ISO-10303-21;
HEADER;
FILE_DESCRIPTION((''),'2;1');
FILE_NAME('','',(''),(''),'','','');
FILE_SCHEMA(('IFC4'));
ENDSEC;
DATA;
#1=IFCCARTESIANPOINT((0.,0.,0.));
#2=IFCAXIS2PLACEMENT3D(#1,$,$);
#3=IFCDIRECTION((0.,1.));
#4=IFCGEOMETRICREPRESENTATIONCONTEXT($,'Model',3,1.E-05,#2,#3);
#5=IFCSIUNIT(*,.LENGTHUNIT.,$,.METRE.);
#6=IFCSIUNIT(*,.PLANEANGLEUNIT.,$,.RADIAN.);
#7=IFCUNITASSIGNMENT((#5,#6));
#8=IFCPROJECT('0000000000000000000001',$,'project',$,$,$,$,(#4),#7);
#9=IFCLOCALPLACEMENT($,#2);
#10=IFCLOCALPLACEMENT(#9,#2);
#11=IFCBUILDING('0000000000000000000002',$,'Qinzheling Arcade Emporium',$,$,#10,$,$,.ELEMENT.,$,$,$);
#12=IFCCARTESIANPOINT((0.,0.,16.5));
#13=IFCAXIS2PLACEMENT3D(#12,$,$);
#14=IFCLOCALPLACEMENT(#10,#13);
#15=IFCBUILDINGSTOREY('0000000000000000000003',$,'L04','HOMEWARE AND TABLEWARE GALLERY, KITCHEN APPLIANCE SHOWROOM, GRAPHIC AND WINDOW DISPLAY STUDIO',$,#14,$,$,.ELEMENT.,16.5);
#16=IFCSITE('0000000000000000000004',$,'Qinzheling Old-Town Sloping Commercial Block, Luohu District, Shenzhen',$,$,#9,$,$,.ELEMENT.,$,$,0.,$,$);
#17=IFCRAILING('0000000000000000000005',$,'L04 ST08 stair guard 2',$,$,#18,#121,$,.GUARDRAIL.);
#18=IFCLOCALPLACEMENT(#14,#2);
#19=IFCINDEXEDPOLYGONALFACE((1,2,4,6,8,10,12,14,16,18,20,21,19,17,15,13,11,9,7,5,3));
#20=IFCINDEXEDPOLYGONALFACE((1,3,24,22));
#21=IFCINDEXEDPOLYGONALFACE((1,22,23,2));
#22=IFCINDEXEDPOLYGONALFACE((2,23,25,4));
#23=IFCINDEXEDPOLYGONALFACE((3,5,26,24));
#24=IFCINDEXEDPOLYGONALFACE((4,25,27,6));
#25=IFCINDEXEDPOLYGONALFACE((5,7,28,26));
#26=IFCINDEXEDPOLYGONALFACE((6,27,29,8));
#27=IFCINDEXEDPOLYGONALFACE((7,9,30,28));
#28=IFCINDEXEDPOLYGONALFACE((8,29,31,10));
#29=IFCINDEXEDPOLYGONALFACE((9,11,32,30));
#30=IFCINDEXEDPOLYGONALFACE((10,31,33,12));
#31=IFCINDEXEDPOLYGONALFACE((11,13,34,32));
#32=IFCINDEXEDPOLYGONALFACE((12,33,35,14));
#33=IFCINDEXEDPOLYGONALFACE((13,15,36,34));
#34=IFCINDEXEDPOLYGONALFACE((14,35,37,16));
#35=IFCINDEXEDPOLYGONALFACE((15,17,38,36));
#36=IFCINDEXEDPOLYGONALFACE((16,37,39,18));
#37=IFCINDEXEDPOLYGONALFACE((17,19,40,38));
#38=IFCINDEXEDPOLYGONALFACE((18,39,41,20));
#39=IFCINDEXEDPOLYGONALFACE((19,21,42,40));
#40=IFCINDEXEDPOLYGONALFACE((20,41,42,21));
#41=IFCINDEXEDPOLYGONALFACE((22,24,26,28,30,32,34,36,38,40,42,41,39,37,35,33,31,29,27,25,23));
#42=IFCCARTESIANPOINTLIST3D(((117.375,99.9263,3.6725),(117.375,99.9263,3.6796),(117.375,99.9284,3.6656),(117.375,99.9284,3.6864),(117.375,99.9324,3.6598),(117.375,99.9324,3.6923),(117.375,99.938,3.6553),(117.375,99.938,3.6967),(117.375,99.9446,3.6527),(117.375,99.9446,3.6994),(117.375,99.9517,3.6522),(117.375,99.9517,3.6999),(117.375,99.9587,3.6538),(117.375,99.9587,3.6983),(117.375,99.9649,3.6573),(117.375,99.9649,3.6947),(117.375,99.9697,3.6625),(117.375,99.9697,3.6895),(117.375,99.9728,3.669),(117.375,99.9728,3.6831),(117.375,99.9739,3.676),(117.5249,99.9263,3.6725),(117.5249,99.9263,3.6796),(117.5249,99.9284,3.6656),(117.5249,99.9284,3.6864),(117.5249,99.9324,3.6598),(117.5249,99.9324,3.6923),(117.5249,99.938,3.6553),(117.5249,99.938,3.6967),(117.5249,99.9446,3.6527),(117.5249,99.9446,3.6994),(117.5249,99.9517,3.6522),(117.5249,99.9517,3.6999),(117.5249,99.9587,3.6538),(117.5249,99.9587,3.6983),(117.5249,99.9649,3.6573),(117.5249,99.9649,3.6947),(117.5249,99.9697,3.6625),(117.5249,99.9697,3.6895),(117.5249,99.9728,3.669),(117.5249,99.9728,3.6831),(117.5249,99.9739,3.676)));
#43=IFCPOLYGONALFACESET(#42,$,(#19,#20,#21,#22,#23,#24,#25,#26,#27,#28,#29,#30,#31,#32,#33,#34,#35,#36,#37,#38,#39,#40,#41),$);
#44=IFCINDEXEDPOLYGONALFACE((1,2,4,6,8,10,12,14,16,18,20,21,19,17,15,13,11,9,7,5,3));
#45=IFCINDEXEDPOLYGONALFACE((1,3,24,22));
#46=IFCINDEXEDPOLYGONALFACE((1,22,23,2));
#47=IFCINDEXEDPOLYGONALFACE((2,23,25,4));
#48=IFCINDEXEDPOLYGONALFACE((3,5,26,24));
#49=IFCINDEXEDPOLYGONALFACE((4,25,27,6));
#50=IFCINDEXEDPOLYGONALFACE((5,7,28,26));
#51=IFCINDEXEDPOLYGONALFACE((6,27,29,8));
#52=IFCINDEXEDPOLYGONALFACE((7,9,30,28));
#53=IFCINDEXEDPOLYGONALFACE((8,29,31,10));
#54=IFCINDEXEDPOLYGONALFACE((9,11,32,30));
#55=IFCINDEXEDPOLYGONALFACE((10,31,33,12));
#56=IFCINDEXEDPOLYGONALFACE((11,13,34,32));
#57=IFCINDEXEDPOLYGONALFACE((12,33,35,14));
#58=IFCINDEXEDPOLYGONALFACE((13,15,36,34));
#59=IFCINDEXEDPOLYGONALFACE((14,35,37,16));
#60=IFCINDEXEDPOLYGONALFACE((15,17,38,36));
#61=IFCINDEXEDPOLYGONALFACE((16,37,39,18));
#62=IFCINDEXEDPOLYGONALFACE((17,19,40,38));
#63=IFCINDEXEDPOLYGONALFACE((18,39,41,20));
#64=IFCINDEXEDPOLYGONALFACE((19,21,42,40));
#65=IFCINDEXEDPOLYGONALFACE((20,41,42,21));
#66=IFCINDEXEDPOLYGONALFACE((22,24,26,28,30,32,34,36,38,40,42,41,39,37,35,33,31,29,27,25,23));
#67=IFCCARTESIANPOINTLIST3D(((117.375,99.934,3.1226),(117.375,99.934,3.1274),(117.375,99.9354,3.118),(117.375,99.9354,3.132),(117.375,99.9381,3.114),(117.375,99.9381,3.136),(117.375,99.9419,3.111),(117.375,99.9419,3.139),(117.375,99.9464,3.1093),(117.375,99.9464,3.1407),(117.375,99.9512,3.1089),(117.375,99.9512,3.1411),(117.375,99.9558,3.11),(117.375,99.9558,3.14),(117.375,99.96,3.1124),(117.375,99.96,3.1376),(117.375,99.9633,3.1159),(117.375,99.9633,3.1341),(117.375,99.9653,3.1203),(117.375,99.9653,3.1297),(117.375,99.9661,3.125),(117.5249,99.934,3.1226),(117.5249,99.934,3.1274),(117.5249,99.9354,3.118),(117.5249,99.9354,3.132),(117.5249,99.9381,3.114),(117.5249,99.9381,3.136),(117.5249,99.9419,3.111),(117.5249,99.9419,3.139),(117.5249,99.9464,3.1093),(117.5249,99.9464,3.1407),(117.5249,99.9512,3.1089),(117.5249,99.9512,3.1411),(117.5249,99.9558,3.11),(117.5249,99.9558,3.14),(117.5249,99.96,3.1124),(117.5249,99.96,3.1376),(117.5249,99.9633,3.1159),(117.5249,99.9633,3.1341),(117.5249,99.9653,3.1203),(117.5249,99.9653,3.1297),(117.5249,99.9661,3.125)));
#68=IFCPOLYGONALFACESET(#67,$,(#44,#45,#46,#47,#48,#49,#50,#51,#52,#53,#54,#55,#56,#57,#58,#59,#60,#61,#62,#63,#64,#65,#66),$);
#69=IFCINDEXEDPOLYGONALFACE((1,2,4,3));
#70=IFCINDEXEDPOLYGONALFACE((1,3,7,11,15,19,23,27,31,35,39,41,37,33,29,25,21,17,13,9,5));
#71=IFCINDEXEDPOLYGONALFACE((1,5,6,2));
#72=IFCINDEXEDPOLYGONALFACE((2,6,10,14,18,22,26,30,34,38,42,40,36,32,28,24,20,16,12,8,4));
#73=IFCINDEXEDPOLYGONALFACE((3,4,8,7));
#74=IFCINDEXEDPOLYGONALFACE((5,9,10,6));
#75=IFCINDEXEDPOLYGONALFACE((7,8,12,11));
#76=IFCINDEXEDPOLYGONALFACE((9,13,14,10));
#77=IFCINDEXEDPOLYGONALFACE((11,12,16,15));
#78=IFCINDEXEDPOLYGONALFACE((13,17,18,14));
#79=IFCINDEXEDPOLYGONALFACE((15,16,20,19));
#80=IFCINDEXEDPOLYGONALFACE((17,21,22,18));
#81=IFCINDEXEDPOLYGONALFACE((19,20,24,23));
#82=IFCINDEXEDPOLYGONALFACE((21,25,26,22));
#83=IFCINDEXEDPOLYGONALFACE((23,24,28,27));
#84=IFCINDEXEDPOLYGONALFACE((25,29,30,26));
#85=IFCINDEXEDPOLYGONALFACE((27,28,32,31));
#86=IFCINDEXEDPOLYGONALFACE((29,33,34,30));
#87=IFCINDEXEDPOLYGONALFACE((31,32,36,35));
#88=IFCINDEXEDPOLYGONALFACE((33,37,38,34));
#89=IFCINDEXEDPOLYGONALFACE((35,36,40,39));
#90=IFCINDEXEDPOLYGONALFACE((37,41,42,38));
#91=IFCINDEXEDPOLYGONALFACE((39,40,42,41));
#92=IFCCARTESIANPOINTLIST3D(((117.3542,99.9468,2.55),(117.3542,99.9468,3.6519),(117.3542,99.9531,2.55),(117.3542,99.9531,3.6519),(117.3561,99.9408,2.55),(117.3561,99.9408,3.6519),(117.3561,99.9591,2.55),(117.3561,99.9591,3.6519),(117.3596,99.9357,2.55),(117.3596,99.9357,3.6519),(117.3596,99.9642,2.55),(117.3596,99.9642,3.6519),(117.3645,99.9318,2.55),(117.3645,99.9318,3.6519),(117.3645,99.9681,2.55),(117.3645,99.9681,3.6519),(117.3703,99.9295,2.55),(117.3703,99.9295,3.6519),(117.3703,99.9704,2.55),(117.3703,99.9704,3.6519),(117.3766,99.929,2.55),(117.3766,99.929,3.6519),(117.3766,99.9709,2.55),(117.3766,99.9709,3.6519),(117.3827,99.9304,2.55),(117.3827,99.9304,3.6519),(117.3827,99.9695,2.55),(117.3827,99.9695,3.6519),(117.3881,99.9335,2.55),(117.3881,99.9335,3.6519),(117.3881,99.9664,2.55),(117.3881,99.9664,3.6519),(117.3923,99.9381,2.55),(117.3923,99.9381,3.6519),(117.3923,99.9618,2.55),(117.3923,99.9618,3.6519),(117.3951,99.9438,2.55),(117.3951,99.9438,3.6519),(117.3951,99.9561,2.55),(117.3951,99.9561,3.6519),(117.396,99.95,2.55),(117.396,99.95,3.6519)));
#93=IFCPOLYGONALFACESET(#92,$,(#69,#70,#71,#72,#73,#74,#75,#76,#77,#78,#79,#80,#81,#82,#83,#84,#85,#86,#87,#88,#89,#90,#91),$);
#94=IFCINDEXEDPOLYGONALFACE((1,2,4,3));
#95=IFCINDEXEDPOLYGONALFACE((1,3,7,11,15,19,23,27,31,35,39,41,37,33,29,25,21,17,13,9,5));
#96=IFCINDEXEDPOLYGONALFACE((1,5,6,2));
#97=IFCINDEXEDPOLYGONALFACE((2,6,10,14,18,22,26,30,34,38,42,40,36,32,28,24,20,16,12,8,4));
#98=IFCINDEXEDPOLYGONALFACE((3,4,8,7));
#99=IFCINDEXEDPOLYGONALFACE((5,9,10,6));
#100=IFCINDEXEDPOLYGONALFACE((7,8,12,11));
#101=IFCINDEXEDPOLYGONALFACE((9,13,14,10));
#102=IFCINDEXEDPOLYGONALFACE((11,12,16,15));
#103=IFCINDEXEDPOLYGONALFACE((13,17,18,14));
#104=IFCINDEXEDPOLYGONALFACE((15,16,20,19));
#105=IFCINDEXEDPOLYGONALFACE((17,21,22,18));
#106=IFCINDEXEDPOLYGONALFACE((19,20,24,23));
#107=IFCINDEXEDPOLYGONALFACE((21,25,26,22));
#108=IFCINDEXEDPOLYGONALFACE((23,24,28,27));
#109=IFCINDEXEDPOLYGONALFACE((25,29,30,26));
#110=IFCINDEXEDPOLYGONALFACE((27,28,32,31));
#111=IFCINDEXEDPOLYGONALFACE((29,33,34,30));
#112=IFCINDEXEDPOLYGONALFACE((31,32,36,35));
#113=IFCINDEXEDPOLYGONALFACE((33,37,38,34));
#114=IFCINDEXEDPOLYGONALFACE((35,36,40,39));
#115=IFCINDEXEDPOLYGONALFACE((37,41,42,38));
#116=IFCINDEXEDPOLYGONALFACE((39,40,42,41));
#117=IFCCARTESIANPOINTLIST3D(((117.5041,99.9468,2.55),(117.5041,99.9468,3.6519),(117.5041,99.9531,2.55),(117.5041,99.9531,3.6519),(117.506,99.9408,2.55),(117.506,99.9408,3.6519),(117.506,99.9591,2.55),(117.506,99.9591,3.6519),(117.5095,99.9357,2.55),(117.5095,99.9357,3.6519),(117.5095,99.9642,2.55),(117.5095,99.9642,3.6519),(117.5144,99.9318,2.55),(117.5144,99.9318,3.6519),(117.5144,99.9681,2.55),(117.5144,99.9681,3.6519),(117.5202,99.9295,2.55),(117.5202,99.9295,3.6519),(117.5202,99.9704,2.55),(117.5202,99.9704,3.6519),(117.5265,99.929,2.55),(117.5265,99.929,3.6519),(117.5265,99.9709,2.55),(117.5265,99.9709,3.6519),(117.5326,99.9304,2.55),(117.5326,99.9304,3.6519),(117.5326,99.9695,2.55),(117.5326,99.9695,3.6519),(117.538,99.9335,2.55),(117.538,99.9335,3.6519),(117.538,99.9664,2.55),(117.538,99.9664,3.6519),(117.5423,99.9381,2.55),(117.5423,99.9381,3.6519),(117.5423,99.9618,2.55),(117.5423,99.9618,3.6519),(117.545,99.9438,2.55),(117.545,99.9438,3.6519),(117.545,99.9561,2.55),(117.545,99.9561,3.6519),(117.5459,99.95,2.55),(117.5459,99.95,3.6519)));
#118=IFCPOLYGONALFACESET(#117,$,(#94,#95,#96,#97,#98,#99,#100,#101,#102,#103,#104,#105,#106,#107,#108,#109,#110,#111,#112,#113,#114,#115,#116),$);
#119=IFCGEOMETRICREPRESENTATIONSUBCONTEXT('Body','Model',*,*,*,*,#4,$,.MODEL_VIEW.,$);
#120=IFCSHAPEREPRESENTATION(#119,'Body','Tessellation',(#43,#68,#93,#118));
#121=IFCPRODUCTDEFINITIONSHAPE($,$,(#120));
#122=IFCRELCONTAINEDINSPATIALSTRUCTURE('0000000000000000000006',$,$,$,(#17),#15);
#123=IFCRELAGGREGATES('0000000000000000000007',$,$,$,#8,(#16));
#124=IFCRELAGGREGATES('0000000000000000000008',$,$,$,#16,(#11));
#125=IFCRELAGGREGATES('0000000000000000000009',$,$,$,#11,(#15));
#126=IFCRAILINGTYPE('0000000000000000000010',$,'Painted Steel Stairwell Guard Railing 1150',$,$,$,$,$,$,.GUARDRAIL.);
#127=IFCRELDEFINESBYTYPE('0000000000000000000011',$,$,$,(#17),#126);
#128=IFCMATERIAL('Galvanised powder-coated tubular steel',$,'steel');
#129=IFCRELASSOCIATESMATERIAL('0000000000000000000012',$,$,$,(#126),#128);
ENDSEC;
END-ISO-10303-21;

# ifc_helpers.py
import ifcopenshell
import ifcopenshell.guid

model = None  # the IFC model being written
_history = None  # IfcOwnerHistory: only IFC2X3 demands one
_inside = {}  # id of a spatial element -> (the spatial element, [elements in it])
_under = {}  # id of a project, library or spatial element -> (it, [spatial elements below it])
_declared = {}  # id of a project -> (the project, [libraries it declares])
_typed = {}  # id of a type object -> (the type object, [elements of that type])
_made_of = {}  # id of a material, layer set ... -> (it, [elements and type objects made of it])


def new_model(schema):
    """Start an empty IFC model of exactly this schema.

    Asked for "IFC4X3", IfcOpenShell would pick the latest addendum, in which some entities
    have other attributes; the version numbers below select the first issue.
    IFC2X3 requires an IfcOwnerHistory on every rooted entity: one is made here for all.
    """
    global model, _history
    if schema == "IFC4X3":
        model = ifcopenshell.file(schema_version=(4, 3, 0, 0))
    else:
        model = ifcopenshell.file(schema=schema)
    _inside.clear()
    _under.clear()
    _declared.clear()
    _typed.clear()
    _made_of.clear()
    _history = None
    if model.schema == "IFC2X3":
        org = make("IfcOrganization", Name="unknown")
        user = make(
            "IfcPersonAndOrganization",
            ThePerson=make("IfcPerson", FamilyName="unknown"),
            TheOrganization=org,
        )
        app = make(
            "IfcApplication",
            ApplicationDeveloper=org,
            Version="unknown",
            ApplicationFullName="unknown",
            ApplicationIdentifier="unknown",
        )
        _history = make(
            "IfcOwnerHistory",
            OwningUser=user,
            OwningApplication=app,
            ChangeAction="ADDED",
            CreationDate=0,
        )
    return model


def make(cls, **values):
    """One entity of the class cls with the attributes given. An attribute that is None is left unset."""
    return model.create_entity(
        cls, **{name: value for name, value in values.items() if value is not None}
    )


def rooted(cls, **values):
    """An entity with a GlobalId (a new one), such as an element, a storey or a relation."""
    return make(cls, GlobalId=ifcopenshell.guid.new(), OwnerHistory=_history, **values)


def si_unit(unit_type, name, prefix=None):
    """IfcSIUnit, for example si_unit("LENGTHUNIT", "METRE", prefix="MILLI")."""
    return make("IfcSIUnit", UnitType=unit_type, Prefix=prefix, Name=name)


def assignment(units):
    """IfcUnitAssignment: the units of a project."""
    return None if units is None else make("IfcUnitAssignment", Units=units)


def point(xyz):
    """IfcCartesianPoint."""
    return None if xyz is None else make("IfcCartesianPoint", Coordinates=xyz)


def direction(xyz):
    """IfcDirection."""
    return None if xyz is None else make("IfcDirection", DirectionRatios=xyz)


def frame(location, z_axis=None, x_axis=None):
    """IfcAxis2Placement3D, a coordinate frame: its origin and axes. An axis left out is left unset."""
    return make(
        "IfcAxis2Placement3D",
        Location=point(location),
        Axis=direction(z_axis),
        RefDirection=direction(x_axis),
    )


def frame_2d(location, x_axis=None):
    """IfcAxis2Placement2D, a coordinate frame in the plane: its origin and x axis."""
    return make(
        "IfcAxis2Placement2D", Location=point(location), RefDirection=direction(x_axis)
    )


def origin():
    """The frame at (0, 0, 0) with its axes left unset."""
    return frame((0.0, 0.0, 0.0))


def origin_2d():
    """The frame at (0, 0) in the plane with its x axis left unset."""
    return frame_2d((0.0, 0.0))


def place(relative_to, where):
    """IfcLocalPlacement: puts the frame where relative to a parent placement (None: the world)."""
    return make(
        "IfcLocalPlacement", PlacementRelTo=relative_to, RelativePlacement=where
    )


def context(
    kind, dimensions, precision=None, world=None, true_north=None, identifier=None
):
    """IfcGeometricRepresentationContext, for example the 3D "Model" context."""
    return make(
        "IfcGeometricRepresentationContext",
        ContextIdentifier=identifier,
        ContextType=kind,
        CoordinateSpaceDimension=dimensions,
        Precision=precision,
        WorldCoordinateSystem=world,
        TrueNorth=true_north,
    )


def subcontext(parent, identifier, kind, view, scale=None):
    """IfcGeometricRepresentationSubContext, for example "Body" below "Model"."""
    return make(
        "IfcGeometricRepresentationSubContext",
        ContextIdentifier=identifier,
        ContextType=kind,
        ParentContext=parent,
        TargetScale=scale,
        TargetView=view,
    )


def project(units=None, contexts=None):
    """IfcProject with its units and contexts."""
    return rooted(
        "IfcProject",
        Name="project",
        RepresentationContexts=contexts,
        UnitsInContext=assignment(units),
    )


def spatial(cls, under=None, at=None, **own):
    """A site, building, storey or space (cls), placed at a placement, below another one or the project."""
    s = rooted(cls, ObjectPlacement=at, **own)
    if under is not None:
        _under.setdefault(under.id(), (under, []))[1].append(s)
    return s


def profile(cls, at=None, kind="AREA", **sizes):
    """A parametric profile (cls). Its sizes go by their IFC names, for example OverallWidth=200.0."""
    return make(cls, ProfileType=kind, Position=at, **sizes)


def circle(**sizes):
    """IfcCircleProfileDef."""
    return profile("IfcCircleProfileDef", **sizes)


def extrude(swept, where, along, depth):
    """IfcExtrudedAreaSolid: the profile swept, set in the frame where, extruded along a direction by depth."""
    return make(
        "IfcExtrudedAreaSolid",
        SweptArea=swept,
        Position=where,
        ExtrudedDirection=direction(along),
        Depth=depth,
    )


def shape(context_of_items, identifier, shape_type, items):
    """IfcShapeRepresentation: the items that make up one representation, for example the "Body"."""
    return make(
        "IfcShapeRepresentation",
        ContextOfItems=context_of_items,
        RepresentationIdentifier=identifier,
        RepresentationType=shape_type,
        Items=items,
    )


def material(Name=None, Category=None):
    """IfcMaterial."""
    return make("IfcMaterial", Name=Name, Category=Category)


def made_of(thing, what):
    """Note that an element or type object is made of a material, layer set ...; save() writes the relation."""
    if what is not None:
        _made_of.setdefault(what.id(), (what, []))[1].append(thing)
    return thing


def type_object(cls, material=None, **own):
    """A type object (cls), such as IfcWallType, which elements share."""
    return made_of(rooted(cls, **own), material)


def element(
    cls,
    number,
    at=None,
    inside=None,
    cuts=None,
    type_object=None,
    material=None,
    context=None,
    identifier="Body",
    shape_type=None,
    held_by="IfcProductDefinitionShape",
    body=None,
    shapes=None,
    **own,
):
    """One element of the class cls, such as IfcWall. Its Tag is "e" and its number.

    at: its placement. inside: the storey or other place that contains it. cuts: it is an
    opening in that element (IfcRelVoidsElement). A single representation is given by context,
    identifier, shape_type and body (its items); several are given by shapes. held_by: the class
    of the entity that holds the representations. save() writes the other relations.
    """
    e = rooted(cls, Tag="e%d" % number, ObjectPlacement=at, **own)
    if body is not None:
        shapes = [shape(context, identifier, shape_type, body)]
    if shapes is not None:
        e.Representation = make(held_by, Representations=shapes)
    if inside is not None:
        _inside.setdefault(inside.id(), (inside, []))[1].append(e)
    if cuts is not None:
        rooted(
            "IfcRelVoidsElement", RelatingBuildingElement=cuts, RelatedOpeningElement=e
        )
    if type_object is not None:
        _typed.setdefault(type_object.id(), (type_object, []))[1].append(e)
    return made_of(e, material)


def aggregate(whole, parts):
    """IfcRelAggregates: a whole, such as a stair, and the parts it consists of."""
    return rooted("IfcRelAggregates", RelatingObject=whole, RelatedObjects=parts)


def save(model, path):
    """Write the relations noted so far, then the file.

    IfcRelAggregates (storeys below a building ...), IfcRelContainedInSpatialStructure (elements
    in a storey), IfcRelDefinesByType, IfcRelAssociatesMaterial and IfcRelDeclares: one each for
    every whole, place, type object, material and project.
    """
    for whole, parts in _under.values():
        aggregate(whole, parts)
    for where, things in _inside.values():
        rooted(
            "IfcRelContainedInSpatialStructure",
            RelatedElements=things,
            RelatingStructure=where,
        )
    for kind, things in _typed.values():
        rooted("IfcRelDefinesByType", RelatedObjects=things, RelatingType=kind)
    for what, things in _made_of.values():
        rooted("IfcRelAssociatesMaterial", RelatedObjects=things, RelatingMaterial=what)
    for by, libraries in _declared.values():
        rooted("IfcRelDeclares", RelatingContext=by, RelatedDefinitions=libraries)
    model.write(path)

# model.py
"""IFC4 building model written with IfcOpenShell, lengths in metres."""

from ifc_helpers import new_model, si_unit, direction, frame, origin, origin_2d, place, context, subcontext, project, spatial, circle, extrude, material, type_object, element, save


model = new_model("IFC4")

# Units and contexts
model_context = context("Model", 3, precision=1e-05, world=origin(), true_north=direction((0.0, 1.0)))
body_context = subcontext(model_context, "Body", "Model", "MODEL_VIEW")
ifc_project = project(units=[si_unit("LENGTHUNIT", "METRE"), si_unit("PLANEANGLEUNIT", "RADIAN")], contexts=[model_context])

# Site, building, storey
site_placement = place(None, origin())
site = spatial("IfcSite", under=ifc_project, at=site_placement, Name="Qinzheling Old-Town Sloping Commercial Block, Luohu District, Shenzhen", CompositionType="ELEMENT", RefElevation=0.0)
building_placement = place(site_placement, origin())
building = spatial("IfcBuilding", under=site, at=building_placement, Name="Qinzheling Arcade Emporium", CompositionType="ELEMENT")
storey_placement = place(building_placement, frame((0.0, 0.0, 16.5)))
storey = spatial("IfcBuildingStorey", under=building, at=storey_placement, Name="L04", Description="HOMEWARE AND TABLEWARE GALLERY, KITCHEN APPLIANCE SHOWROOM, GRAPHIC AND WINDOW DISPLAY STUDIO", CompositionType="ELEMENT", Elevation=16.5)

# Railing
ifc_material_1 = material(Name="Galvanised powder-coated tubular steel", Category="steel")
railing_type = type_object("IfcRailingType", Name="Painted Steel Stairwell Guard Railing 1150", PredefinedType="GUARDRAIL", material=ifc_material_1)
railing_1_placement = place(storey_placement, frame((117.375, 99.95, 2.55)))
element("IfcRailing", 1, at=railing_1_placement, inside=storey, type_object=railing_type, Name="L04 ST08 stair guard 2", PredefinedType="GUARDRAIL", context=body_context, shape_type="SweptSolid", body=[
    extrude(circle(Radius=0.0239, at=origin_2d()), frame((0.0, 0.0, 1.126), z_axis=(1.0, 0.0, 0.0), x_axis=(0.0, 1.0, 0.0)), (0.0, 0.0, 1.0), 0.1499),
    extrude(circle(Radius=0.0161, at=origin_2d()), frame((0.0, 0.0, 0.575), z_axis=(1.0, 0.0, 0.0), x_axis=(0.0, 1.0, 0.0)), (0.0, 0.0, 1.0), 0.1499),
    extrude(circle(Radius=0.021, at=origin_2d()), origin(), (0.0, 0.0, 1.0), 1.1018),
    extrude(circle(Radius=0.021, at=origin_2d()), frame((0.1499, 0.0, 0.0)), (0.0, 0.0, 1.0), 1.1018),
])

save(model, "model.ifc")
